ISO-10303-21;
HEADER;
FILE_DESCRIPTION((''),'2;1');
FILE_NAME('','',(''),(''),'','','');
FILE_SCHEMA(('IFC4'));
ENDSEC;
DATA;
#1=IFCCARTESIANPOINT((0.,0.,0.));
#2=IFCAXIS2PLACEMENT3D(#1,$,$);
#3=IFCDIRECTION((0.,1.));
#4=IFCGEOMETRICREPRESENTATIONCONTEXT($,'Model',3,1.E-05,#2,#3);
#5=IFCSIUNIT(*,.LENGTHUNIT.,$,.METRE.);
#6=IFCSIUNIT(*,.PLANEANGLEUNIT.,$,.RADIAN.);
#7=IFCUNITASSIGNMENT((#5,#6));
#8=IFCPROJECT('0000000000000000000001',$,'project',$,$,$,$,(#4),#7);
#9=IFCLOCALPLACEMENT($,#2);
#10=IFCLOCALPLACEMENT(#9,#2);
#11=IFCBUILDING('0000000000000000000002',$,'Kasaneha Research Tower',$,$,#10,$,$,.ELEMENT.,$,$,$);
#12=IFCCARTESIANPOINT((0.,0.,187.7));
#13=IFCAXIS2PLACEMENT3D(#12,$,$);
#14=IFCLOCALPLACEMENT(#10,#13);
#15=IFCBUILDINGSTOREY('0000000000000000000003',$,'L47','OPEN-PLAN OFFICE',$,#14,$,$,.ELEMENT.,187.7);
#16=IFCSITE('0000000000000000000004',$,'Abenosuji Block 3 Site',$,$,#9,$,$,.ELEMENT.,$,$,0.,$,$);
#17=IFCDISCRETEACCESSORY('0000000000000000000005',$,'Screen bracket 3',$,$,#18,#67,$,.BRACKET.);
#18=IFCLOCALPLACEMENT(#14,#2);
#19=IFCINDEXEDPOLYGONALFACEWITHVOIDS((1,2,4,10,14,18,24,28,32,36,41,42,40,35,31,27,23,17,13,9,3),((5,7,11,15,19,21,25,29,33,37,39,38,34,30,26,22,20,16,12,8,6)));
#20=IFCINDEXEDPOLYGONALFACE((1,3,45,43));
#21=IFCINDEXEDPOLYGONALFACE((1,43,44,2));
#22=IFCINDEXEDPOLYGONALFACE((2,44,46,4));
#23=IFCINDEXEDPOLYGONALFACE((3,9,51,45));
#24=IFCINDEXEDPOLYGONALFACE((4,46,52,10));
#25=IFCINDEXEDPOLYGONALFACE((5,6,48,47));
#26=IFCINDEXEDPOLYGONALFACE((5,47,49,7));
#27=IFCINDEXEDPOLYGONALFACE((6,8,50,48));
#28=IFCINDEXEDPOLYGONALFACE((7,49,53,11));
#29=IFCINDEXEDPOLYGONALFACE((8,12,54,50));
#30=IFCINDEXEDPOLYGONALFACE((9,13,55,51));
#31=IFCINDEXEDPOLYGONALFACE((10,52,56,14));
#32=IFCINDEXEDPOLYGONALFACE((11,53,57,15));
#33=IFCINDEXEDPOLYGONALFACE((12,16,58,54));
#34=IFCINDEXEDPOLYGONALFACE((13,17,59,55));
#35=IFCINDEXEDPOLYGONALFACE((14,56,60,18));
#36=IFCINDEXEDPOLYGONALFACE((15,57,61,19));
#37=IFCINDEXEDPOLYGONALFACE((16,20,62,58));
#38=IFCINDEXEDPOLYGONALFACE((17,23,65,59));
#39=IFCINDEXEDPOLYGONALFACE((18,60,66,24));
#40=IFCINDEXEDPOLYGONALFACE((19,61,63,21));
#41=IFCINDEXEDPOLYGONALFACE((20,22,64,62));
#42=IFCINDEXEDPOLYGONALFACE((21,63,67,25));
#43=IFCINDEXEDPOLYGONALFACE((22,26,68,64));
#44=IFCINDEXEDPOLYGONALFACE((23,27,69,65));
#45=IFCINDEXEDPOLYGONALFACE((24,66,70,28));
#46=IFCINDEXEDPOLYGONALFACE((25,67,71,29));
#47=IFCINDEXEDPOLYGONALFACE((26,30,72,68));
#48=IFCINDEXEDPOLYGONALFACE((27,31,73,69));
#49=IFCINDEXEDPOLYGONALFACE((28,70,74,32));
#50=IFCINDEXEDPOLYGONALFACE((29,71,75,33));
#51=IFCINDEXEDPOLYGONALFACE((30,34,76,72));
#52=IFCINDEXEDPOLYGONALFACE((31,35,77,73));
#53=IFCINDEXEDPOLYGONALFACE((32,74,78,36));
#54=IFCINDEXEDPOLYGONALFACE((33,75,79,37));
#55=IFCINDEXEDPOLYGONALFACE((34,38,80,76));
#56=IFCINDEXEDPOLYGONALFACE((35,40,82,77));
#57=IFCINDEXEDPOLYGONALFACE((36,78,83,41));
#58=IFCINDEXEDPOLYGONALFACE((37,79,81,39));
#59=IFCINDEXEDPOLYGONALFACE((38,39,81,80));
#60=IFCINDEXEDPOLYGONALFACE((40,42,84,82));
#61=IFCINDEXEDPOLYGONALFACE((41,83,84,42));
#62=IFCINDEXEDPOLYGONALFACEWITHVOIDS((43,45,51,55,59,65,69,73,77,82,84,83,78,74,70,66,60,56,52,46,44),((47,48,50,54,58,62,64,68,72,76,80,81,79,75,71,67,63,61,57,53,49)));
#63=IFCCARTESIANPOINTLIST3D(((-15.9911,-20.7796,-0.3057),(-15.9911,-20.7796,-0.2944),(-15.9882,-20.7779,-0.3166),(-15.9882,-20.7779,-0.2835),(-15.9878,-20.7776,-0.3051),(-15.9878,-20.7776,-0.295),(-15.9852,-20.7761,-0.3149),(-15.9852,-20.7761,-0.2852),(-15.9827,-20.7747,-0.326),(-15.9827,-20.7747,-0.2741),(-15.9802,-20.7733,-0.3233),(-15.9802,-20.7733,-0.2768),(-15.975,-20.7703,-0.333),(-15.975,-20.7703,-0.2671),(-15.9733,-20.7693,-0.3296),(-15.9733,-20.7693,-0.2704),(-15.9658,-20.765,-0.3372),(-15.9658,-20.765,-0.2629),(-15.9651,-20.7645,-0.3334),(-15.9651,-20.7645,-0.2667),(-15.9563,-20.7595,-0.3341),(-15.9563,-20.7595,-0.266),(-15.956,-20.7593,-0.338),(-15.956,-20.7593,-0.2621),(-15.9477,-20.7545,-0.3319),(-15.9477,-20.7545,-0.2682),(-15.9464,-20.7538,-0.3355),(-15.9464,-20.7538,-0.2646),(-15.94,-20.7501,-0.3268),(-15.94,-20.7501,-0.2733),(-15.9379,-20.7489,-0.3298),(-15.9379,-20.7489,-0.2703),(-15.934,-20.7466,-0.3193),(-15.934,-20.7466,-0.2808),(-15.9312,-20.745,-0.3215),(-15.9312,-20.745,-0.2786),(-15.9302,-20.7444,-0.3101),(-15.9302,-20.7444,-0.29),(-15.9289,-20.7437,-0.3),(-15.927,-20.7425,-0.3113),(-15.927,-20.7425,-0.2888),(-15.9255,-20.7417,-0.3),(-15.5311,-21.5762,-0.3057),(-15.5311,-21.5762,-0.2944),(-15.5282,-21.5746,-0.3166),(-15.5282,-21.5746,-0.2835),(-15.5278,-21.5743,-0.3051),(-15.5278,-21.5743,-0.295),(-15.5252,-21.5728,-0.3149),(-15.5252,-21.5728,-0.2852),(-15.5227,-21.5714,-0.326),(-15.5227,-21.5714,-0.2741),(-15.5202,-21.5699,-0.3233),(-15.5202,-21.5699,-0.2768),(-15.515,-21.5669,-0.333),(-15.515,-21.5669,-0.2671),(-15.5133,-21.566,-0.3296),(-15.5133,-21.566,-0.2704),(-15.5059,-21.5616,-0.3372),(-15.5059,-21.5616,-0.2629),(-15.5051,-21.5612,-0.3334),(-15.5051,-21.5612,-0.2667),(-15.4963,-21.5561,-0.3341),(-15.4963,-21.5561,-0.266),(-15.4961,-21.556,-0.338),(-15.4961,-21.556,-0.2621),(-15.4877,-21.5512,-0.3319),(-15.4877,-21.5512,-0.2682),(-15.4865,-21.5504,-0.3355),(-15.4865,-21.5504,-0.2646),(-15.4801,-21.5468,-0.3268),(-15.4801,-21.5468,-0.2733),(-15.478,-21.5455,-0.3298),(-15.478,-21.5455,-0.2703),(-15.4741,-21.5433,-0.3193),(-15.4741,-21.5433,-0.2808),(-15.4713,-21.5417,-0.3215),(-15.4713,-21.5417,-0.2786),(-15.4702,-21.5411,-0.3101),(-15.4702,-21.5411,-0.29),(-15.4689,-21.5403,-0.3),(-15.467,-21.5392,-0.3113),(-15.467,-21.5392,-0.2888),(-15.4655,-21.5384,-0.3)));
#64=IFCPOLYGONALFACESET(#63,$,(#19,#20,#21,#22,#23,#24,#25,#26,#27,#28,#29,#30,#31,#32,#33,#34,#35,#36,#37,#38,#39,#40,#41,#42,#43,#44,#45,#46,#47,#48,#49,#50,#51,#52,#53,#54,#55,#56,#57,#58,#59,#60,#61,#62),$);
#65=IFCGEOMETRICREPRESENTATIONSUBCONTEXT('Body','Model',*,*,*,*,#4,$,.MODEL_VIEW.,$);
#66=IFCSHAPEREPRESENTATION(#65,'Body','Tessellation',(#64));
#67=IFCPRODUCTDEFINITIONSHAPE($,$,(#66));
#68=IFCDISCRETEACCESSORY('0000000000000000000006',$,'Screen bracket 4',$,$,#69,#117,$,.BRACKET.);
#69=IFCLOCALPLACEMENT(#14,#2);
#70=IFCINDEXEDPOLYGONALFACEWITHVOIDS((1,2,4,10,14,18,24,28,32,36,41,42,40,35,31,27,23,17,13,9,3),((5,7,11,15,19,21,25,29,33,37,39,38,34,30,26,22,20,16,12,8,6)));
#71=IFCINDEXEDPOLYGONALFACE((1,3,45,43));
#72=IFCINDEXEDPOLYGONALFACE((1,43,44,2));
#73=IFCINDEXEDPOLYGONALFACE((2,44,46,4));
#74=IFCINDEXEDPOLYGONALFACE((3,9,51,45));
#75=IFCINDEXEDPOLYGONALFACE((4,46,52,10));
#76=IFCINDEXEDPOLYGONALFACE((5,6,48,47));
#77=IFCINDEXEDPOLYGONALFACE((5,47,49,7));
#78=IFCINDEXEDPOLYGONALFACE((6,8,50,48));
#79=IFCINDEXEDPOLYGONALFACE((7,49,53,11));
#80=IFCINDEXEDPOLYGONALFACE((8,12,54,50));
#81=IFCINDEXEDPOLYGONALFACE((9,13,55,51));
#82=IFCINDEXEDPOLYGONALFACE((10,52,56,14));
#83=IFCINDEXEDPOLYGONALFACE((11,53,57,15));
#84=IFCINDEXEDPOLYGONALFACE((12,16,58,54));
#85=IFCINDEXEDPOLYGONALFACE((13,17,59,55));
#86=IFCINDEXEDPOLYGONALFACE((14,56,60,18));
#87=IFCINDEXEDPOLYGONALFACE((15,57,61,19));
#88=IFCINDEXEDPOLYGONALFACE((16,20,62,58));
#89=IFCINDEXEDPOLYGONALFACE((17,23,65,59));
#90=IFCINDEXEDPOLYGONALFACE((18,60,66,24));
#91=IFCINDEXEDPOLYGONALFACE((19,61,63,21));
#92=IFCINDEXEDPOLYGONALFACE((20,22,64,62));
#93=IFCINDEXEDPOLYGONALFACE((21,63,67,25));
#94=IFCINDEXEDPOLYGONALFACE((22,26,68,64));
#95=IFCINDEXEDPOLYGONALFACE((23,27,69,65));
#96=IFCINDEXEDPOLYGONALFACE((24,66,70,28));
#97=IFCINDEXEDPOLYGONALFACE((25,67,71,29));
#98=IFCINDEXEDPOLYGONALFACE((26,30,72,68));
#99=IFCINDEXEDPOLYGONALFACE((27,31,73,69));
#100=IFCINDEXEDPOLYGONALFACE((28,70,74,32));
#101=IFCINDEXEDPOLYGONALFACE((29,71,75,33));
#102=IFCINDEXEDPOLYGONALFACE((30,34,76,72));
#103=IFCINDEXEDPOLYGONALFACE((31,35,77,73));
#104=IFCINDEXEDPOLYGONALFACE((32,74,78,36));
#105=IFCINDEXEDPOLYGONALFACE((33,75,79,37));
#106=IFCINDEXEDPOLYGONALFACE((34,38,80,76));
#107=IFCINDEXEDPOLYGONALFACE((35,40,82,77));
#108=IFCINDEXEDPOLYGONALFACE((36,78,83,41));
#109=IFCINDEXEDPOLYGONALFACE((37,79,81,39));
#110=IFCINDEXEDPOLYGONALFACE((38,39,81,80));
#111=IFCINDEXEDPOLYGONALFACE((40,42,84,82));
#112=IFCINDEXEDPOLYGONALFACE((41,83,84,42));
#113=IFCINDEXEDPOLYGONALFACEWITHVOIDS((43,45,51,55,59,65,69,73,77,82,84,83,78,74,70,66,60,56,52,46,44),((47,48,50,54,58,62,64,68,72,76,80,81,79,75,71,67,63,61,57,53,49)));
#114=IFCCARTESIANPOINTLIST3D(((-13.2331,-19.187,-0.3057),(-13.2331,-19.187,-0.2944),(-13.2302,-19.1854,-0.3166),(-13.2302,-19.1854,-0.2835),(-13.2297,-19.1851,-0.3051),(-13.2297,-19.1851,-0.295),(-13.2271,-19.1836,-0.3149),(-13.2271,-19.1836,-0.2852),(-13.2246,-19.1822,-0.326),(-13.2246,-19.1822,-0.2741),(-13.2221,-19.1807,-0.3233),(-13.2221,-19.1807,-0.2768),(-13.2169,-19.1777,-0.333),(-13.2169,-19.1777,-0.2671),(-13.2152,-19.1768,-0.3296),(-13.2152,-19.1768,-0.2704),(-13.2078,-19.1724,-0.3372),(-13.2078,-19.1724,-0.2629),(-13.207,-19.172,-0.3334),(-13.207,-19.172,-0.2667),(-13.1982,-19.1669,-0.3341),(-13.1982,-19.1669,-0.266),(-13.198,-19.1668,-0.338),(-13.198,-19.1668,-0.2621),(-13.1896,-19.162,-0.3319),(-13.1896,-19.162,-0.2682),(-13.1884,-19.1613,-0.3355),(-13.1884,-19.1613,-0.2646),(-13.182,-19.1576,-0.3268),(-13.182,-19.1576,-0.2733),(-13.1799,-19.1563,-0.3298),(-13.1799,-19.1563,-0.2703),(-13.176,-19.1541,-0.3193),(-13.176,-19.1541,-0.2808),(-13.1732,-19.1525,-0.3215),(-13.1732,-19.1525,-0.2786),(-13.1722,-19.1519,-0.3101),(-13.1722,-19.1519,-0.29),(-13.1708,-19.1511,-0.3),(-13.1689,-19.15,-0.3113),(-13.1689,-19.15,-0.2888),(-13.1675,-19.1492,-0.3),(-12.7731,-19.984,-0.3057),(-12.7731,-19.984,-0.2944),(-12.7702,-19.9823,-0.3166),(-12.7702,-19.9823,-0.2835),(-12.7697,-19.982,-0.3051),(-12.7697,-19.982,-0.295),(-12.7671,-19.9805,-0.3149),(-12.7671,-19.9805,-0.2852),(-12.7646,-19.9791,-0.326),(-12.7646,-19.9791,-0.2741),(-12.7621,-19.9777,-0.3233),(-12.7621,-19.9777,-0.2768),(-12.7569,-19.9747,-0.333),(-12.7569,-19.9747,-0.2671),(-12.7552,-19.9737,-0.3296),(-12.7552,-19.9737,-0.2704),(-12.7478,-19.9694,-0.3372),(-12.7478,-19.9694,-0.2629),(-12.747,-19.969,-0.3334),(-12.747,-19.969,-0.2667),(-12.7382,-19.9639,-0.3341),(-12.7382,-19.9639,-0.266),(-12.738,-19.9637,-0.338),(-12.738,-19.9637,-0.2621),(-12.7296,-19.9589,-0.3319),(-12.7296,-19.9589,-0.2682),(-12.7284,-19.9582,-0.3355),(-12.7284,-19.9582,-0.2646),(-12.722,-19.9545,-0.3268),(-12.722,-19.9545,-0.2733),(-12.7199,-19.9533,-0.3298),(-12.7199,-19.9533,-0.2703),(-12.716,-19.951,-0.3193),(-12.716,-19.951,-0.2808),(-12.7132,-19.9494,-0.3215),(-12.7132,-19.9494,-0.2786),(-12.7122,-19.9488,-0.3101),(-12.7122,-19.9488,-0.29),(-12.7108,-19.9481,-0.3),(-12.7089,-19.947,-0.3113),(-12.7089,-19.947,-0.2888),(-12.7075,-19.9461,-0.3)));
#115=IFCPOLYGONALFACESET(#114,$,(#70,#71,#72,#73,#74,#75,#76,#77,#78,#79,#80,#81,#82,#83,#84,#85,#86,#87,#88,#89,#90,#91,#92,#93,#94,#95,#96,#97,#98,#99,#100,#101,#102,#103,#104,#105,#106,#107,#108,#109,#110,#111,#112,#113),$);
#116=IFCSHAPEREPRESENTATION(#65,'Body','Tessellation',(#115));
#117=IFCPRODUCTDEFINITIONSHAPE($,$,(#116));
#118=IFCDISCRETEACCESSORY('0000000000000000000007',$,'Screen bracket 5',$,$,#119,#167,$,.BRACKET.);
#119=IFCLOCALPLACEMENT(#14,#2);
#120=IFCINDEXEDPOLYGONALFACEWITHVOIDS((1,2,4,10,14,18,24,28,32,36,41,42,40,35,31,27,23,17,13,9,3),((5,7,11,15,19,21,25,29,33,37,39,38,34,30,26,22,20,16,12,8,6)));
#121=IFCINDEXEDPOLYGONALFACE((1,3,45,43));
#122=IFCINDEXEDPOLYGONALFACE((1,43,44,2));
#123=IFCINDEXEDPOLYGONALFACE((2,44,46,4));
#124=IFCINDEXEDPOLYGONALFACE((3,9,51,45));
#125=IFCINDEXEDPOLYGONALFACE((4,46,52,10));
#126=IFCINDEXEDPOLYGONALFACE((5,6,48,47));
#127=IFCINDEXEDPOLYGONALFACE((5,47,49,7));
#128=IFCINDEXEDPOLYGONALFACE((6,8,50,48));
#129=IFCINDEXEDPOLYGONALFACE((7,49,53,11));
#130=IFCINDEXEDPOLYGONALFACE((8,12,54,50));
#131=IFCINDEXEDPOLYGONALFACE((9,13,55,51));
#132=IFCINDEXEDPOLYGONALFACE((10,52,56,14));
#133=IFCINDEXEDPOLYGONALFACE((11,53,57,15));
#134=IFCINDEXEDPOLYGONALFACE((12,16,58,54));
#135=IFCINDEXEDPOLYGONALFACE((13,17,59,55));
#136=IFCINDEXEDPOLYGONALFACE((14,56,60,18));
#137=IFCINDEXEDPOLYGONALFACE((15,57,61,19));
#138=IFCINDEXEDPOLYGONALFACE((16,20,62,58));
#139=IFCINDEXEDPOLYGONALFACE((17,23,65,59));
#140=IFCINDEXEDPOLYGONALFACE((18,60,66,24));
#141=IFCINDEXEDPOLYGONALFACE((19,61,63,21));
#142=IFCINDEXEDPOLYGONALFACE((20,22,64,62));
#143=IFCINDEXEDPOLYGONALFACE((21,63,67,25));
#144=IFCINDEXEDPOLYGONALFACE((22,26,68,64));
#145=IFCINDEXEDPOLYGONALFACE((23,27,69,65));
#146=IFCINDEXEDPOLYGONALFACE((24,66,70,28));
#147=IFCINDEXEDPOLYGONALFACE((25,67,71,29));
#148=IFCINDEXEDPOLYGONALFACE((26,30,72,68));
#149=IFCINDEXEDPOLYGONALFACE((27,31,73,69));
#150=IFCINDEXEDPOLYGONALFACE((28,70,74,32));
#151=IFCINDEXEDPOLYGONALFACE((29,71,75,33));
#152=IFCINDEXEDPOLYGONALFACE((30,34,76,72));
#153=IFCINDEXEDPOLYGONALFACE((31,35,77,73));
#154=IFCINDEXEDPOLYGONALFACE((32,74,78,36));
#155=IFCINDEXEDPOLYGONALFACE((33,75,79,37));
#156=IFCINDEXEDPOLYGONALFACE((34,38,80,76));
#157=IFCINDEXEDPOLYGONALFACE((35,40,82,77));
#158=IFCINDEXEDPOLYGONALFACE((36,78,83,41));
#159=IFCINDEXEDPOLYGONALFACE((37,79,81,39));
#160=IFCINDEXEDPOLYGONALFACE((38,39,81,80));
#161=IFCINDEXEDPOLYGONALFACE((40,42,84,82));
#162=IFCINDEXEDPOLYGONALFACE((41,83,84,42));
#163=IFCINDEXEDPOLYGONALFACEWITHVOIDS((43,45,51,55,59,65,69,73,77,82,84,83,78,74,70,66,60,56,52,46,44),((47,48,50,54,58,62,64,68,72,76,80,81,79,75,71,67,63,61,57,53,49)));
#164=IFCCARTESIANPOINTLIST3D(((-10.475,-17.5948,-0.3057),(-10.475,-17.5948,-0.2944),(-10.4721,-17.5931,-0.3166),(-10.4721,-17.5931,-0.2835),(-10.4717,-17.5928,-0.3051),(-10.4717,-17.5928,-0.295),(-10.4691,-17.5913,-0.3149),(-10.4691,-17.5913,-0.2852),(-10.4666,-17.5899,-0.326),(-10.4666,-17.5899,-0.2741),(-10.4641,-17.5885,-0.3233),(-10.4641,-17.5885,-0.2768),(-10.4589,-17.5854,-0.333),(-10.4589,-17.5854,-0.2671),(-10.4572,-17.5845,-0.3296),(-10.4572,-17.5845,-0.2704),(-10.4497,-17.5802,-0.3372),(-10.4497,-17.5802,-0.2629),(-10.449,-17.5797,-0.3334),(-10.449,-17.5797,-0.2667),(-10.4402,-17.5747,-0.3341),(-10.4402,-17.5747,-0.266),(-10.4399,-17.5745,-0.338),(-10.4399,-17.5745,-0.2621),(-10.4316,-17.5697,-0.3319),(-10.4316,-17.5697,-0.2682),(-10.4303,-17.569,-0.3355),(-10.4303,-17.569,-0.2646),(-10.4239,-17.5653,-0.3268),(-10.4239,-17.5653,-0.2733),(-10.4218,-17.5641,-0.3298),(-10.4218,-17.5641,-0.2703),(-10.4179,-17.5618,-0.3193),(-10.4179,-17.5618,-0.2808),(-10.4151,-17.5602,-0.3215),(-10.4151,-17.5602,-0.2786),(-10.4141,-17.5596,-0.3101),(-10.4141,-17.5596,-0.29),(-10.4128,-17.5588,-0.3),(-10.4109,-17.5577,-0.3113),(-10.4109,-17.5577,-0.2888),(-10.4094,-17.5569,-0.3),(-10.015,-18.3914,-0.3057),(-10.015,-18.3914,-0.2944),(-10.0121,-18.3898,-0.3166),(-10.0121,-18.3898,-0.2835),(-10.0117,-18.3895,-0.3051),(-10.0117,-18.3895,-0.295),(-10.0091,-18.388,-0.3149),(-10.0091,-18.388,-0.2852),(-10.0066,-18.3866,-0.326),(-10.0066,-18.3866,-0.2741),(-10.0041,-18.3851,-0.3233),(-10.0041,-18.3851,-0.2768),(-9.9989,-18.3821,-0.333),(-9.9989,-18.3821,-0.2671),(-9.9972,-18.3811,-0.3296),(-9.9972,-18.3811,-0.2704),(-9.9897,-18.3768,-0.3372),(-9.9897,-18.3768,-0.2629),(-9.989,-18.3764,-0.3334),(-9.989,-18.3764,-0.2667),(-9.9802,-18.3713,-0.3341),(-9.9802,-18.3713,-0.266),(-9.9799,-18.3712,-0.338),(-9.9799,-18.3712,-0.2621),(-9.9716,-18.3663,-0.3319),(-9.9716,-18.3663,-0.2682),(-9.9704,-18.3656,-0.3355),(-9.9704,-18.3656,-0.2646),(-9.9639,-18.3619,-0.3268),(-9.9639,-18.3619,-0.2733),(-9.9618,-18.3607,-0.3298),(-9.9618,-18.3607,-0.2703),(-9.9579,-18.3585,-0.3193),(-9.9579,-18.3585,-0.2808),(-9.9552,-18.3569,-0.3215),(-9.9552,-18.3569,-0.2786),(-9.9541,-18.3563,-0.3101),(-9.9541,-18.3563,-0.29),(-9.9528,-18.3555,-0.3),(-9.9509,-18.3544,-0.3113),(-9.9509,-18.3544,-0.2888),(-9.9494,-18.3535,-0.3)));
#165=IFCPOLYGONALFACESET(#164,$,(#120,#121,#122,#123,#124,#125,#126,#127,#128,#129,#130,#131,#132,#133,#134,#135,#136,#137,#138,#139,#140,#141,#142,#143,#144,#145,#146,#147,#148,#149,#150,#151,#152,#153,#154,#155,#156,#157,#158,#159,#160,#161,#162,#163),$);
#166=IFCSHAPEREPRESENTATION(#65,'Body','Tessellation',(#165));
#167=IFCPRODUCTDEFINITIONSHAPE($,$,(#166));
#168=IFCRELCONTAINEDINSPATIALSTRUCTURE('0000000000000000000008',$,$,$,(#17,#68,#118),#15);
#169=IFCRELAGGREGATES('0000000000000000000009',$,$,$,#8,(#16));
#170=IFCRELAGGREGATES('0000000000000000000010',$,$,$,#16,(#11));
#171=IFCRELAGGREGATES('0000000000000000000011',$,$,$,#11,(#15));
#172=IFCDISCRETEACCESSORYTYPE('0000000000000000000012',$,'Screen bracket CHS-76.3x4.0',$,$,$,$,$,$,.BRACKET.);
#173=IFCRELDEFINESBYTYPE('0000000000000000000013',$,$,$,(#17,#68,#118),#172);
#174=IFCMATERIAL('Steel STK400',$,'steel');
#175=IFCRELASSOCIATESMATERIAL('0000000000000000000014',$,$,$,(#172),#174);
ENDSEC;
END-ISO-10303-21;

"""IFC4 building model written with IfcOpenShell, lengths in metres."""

from ifc_helpers import new_model, si_unit, direction, frame, origin, origin_2d, place, context, subcontext, project, spatial, hollow_circle, extrude, material, material_profile, profile_set, type_object, element, save


model = new_model("IFC4")

# Units and contexts
model_context = context("Model", 3, precision=1e-05, world=origin(), true_north=direction((0.0, 1.0)))
body_context = subcontext(model_context, "Body", "Model", "MODEL_VIEW")
ifc_project = project(units=[si_unit("LENGTHUNIT", "METRE"), si_unit("PLANEANGLEUNIT", "RADIAN")], contexts=[model_context])

# Site, building, storey
site_placement = place(None, origin())
site = spatial("IfcSite", under=ifc_project, at=site_placement, Name="Abenosuji Block 3 Site", CompositionType="ELEMENT", RefElevation=0.0)
building_placement = place(site_placement, origin())
building = spatial("IfcBuilding", under=site, at=building_placement, Name="Kasaneha Research Tower", CompositionType="ELEMENT")
storey_placement = place(building_placement, frame((0.0, 0.0, 187.7)))
storey = spatial("IfcBuildingStorey", under=building, at=storey_placement, Name="L47", Description="OPEN-PLAN OFFICE", CompositionType="ELEMENT", Elevation=187.7)

# Discrete accessories
ifc_material_1 = material(Name="Steel STK400", Category="steel")
ifc_material_profile_1 = material_profile(ifc_material_1, hollow_circle(Radius=0.0381, WallThickness=0.0039, at=origin_2d()), Name="CHS-76.3x4.0")
ifc_profile_set_1 = profile_set([ifc_material_profile_1], Name="Steel STK400")
discrete_accessory_type = type_object("IfcDiscreteAccessoryType", Name="Screen bracket CHS-76.3x4.0", PredefinedType="BRACKET", material=ifc_profile_set_1)
for number, where, z_axis, x_axis, name in (
    (1, (-15.9585, -20.7607, -0.3), (0.500021, -0.866013, 0.0), (0.866013, 0.500021, 0.0), "Screen bracket 3"),
):
    element("IfcDiscreteAccessory", number, at=place(storey_placement, frame(where, z_axis=z_axis, x_axis=x_axis)), inside=storey, type_object=discrete_accessory_type, Name=name, PredefinedType="BRACKET", context=body_context, shape_type="SweptSolid", body=[
        extrude(hollow_circle(Radius=0.0381, WallThickness=0.0039, at=origin_2d()), origin(), (0.0, 0.0, 1.0), 0.9199),
    ])
discrete_accessory_1_placement = place(storey_placement, frame((-13.2004, -19.1682, -0.3), z_axis=(0.499906, -0.86608, 0.0), x_axis=(0.86608, 0.499906, 0.0)))
element("IfcDiscreteAccessory", 2, at=discrete_accessory_1_placement, inside=storey, type_object=discrete_accessory_type, Name="Screen bracket 4", PredefinedType="BRACKET", context=body_context, shape_type="SweptSolid", body=[
    extrude(hollow_circle(Radius=0.0381, WallThickness=0.0039, at=origin_2d()), origin(), (0.0, 0.0, 1.0), 0.9202),
])
discrete_accessory_2_placement = place(storey_placement, frame((-10.4424, -17.5759, -0.3), z_axis=(0.500021, -0.866013, 0.0), x_axis=(0.866013, 0.500021, 0.0)))
element("IfcDiscreteAccessory", 3, at=discrete_accessory_2_placement, inside=storey, type_object=discrete_accessory_type, Name="Screen bracket 5", PredefinedType="BRACKET", context=body_context, shape_type="SweptSolid", body=[
    extrude(hollow_circle(Radius=0.0381, WallThickness=0.0039, at=origin_2d()), origin(), (0.0, 0.0, 1.0), 0.9199),
])

save(model, "model.ifc")
